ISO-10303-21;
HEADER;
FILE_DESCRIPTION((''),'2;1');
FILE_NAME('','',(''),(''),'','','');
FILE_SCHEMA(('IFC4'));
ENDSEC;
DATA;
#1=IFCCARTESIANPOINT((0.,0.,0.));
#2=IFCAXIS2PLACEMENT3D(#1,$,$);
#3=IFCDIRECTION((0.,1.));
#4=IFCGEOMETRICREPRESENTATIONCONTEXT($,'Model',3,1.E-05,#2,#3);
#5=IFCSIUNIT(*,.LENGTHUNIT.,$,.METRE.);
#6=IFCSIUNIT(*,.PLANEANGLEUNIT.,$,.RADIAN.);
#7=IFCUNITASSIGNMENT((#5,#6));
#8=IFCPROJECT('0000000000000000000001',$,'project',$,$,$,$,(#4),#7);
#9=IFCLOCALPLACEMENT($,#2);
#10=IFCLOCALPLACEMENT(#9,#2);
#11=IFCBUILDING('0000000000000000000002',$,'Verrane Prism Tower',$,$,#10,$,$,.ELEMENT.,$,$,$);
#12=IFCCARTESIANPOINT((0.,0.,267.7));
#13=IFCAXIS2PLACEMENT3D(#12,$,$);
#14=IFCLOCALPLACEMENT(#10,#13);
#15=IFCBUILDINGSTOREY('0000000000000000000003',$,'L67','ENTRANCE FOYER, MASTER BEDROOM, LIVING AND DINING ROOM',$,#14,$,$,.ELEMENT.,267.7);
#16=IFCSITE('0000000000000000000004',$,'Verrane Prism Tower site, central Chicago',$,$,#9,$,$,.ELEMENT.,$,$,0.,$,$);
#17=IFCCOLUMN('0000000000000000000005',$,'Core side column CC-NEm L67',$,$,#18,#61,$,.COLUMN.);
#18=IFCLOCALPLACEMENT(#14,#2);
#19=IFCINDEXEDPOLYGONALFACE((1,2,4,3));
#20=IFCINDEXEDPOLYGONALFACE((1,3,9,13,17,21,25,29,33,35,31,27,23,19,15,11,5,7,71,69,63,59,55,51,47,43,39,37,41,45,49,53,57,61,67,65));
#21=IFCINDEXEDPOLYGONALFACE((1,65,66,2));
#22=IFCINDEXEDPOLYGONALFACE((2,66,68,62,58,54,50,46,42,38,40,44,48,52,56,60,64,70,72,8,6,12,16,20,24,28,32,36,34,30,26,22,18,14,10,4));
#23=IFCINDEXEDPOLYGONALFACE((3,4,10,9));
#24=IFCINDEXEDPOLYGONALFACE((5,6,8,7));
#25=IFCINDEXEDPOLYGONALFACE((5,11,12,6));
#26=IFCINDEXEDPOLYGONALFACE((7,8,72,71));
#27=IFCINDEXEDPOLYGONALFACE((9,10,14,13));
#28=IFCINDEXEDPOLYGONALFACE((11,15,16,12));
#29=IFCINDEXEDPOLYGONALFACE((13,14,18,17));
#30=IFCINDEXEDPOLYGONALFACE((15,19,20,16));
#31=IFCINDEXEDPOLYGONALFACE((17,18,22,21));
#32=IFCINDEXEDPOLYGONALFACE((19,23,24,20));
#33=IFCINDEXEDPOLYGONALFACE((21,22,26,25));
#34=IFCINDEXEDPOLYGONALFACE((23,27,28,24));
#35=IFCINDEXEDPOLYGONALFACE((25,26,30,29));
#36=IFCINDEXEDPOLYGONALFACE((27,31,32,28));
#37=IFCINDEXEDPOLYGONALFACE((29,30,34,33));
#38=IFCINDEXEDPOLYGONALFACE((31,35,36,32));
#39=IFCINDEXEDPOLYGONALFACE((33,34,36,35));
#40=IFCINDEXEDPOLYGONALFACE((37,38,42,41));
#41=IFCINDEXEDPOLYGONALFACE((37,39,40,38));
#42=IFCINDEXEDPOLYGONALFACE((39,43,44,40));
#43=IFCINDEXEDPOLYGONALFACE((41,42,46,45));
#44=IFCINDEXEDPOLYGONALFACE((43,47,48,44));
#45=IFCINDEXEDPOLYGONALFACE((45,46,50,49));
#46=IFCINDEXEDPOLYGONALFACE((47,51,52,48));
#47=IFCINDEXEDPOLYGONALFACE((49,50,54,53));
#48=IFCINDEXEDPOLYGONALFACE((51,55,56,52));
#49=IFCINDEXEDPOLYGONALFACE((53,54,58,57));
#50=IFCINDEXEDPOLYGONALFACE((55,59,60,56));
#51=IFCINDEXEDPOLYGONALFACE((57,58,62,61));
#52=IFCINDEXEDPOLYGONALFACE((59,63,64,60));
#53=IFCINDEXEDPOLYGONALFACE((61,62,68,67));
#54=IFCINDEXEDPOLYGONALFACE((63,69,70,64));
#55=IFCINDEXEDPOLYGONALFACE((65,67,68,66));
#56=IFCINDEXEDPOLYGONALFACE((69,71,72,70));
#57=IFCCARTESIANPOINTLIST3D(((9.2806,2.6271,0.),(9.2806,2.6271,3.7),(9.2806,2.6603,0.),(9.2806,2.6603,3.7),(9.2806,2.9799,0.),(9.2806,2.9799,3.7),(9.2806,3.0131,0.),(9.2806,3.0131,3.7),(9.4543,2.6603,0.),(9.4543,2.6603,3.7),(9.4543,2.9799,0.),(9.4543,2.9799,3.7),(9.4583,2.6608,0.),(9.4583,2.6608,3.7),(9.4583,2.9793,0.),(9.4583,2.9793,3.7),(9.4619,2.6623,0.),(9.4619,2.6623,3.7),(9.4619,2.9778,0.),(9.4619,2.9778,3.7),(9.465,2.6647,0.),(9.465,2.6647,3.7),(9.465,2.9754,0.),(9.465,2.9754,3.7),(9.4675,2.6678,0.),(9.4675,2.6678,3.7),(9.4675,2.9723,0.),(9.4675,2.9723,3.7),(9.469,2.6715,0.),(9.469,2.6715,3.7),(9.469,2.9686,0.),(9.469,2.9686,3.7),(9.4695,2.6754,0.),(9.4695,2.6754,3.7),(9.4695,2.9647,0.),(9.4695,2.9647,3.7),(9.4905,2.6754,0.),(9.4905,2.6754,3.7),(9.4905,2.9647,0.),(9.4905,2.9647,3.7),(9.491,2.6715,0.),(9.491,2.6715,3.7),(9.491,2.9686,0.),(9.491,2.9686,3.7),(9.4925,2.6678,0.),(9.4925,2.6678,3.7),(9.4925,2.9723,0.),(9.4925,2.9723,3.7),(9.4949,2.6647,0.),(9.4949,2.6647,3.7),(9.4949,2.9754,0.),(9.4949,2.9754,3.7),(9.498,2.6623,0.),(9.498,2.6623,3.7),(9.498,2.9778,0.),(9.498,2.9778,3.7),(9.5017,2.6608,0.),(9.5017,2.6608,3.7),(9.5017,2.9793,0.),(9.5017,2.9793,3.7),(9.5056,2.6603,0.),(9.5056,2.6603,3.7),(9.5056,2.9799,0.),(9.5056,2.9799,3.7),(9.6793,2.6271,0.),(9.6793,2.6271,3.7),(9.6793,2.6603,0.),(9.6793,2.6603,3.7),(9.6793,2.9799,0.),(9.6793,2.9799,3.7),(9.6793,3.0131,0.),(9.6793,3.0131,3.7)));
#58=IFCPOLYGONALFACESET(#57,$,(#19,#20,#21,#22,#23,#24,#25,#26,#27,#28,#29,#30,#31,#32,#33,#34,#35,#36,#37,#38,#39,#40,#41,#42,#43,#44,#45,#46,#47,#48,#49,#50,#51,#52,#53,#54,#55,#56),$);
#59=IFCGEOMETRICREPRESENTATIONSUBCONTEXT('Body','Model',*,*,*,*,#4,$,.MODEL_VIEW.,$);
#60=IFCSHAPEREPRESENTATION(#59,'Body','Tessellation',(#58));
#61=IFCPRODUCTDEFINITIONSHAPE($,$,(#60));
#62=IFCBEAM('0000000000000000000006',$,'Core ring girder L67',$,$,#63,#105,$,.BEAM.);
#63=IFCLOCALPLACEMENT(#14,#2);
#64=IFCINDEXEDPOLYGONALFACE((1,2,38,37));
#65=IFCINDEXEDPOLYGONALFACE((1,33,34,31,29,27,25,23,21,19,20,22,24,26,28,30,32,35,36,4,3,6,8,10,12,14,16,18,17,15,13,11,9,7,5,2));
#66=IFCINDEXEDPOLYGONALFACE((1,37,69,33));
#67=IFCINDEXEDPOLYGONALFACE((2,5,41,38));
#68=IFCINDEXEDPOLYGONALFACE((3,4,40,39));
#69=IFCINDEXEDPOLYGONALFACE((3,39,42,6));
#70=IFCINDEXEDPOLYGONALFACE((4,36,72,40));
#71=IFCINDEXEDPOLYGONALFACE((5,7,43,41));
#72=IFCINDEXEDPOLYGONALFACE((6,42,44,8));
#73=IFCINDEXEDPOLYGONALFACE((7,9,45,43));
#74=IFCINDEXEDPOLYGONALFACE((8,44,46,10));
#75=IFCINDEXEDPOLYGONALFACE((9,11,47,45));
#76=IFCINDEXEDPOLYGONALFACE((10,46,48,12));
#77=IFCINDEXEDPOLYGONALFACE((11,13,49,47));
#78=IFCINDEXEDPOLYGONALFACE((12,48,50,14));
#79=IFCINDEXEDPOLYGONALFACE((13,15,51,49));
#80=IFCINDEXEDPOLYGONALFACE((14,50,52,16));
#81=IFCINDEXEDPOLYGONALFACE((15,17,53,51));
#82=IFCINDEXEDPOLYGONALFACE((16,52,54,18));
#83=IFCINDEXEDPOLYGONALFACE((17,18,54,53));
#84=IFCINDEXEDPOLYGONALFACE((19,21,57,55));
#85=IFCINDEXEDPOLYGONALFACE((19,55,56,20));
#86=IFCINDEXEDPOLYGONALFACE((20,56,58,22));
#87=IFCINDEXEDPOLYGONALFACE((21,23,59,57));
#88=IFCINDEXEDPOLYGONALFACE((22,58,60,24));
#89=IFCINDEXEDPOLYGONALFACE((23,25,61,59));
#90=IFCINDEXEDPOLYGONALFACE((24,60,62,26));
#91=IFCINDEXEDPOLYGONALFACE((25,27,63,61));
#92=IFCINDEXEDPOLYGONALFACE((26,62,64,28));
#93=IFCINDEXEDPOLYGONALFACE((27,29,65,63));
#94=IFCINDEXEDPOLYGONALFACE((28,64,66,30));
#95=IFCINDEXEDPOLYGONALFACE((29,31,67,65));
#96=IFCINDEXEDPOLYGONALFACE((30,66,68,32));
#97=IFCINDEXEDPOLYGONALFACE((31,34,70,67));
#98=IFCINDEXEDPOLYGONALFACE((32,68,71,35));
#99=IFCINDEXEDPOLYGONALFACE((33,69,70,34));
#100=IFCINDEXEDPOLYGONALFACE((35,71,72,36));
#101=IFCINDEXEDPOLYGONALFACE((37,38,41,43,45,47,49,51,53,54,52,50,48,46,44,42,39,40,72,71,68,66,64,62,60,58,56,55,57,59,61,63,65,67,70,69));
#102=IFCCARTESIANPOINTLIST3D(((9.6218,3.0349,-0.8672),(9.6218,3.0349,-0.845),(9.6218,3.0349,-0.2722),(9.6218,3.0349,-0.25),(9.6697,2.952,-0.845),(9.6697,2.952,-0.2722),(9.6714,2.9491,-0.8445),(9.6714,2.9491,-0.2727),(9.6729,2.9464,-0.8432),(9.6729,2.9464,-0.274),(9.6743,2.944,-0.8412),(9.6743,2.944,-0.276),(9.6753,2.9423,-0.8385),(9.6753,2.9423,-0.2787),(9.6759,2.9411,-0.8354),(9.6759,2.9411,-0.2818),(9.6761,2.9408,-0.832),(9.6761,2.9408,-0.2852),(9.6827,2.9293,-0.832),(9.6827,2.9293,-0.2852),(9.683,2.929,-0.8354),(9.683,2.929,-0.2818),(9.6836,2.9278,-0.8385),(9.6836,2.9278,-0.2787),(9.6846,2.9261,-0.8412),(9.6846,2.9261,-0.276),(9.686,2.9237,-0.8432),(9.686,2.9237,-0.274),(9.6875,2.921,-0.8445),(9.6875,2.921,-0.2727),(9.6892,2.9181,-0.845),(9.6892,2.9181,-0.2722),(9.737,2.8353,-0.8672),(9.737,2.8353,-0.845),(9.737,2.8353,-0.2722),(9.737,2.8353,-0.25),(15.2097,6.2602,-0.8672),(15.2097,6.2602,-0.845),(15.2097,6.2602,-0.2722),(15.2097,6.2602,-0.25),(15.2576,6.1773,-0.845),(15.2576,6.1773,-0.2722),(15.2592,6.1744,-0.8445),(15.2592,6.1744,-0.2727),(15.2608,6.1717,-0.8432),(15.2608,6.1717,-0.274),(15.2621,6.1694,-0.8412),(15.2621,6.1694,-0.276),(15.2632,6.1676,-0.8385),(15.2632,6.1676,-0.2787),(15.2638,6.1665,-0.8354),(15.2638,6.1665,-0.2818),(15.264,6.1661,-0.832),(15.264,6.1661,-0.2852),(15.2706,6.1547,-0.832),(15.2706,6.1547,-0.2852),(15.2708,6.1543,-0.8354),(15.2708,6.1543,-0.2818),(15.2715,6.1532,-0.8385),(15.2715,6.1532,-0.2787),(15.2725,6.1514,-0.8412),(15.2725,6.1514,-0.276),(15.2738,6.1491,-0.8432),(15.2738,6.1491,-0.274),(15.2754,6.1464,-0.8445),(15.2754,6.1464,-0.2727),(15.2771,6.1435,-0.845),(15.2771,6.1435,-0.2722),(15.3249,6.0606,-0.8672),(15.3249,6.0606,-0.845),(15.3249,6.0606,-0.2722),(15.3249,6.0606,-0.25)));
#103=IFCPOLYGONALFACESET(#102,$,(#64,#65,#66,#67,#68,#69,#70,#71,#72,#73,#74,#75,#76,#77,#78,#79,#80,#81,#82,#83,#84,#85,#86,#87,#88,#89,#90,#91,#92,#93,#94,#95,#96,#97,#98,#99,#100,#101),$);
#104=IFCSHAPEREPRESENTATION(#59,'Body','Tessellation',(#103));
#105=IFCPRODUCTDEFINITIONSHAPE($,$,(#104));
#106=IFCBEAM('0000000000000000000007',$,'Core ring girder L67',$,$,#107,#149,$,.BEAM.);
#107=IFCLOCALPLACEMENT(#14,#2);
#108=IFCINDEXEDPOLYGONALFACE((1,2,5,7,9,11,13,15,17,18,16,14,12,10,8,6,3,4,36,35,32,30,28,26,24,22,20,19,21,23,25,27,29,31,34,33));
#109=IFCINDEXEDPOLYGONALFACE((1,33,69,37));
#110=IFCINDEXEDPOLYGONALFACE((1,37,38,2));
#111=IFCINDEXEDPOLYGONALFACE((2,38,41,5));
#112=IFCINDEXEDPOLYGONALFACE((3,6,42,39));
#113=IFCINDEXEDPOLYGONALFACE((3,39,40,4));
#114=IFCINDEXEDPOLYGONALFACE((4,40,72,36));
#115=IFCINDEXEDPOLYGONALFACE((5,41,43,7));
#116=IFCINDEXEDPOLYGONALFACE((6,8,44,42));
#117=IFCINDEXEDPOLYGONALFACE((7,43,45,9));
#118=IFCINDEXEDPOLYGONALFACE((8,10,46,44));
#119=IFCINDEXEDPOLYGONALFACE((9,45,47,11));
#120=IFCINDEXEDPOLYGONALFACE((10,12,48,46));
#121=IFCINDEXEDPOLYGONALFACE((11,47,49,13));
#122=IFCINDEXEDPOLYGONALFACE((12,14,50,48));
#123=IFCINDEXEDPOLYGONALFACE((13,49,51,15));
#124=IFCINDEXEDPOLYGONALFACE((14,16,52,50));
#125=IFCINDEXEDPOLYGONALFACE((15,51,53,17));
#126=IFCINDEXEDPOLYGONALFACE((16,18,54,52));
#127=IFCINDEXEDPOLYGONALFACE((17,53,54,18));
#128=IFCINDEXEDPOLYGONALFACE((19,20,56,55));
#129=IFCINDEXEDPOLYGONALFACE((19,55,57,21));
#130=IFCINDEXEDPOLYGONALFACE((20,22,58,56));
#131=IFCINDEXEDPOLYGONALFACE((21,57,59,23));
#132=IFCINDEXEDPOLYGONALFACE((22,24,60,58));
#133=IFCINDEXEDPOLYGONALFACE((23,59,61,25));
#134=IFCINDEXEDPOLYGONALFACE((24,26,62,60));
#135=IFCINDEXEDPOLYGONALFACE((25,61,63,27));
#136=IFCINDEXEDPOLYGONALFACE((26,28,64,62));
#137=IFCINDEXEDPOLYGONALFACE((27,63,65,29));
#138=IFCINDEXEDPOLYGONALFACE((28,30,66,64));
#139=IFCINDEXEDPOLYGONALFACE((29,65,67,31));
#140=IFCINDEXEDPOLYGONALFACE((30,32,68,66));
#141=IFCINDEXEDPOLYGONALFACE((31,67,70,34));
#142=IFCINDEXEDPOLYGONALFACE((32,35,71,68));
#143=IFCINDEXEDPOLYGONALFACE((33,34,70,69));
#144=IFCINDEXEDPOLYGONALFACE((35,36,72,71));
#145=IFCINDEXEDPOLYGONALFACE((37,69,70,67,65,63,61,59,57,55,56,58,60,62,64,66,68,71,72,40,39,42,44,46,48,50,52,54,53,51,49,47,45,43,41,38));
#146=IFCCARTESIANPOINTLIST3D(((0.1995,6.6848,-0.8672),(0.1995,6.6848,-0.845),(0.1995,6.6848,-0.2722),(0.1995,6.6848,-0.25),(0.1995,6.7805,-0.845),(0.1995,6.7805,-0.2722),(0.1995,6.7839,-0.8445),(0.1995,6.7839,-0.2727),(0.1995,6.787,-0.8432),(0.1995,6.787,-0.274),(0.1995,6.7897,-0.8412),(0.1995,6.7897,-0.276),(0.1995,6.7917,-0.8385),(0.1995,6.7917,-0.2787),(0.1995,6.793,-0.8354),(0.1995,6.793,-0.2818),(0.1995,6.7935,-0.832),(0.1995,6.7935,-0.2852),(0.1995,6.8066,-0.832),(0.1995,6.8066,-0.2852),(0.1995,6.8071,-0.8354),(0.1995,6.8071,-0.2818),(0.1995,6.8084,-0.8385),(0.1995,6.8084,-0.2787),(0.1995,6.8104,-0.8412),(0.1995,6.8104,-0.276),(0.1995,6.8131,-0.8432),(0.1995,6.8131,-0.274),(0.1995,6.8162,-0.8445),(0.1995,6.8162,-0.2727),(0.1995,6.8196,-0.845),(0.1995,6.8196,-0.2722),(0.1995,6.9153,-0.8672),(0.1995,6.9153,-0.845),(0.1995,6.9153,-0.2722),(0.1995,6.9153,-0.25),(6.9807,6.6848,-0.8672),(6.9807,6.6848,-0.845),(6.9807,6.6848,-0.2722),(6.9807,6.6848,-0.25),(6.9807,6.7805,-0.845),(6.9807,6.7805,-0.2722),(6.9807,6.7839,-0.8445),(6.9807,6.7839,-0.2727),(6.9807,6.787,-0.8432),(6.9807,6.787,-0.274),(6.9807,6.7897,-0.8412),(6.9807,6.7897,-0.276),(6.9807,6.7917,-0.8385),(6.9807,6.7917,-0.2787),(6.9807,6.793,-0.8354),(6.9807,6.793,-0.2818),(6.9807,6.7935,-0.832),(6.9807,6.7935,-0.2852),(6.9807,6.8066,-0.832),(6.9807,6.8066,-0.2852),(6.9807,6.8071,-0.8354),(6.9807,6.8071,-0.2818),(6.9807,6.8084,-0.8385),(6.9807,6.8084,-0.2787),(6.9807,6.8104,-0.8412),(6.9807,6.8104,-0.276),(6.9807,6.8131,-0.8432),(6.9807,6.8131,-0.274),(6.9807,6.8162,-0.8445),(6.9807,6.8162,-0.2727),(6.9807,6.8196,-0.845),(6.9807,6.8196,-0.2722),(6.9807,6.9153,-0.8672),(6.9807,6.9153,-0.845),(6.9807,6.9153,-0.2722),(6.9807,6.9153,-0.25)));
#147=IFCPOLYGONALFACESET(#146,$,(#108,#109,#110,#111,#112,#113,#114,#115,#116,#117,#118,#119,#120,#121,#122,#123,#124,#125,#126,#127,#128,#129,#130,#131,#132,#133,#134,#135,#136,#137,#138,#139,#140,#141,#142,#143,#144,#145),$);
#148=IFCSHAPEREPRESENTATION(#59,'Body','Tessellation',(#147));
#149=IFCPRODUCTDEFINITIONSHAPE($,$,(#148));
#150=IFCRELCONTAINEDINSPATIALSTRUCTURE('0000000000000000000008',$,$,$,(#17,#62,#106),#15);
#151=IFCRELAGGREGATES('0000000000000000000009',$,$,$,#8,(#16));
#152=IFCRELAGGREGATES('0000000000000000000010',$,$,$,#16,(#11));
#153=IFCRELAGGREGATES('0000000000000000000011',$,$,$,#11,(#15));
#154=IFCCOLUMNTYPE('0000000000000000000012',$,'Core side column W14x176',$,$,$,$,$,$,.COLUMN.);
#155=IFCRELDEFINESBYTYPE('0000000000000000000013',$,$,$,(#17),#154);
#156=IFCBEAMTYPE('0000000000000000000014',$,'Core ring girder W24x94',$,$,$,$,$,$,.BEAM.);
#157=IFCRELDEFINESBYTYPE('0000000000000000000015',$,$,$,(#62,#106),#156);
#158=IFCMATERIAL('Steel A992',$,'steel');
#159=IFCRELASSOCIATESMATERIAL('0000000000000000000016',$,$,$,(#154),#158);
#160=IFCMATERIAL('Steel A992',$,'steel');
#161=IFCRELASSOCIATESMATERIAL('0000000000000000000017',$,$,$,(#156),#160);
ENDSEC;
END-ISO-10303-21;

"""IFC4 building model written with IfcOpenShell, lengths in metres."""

from ifc_helpers import new_model, si_unit, direction, frame, origin, origin_2d, place, context, subcontext, project, spatial, i_section, extrude, material, material_profile, profile_set, type_object, element, save


model = new_model("IFC4")

# Units and contexts
model_context = context("Model", 3, precision=1e-05, world=origin(), true_north=direction((0.0, 1.0)))
body_context = subcontext(model_context, "Body", "Model", "MODEL_VIEW")
ifc_project = project(units=[si_unit("LENGTHUNIT", "METRE"), si_unit("PLANEANGLEUNIT", "RADIAN")], contexts=[model_context])

# Site, building, storey
site_placement = place(None, origin())
site = spatial("IfcSite", under=ifc_project, at=site_placement, Name="Verrane Prism Tower site, central Chicago", CompositionType="ELEMENT", RefElevation=0.0)
building_placement = place(site_placement, origin())
building = spatial("IfcBuilding", under=site, at=building_placement, Name="Verrane Prism Tower", CompositionType="ELEMENT")
storey_placement = place(building_placement, frame((0.0, 0.0, 267.7)))
storey = spatial("IfcBuildingStorey", under=building, at=storey_placement, Name="L67", Description="ENTRANCE FOYER, MASTER BEDROOM, LIVING AND DINING ROOM", CompositionType="ELEMENT", Elevation=267.7)

# Column
ifc_material_1 = material(Name="Steel A992", Category="steel")
ifc_material_profile_1 = material_profile(ifc_material_1, i_section(OverallWidth=0.3987, OverallDepth=0.386, WebThickness=0.021, FlangeThickness=0.0332, FilletRadius=0.0151, at=origin_2d()), Name="W14x176")
ifc_profile_set_1 = profile_set([ifc_material_profile_1], Name="Steel A992")
column_type = type_object("IfcColumnType", Name="Core side column W14x176", PredefinedType="COLUMN", material=ifc_profile_set_1)
column_placement = place(storey_placement, frame((9.48, 2.8201, 0.0), z_axis=(0.0, 0.0, 1.0), x_axis=(1.0, 0.0, 0.0)))
element("IfcColumn", 1, at=column_placement, inside=storey, type_object=column_type, Name="Core side column CC-NEm L67", PredefinedType="COLUMN", context=body_context, shape_type="SweptSolid", body=[
    extrude(i_section(OverallWidth=0.3987, OverallDepth=0.386, WebThickness=0.021, FlangeThickness=0.0332, FilletRadius=0.0151, at=origin_2d()), origin(), (0.0, 0.0, 1.0), 3.7),
])

# Beams
ifc_material_2 = material(Name="Steel A992", Category="steel")
ifc_material_profile_2 = material_profile(ifc_material_2, i_section(OverallWidth=0.2305, OverallDepth=0.6172, WebThickness=0.0132, FlangeThickness=0.0222, FilletRadius=0.0129, at=origin_2d()), Name="W24x94")
ifc_profile_set_2 = profile_set([ifc_material_profile_2], Name="Steel A992")
beam_type = type_object("IfcBeamType", Name="Core ring girder W24x94", PredefinedType="BEAM", material=ifc_profile_set_2)
beam_1_placement = place(storey_placement, frame((9.6794, 2.9351, -0.5586), z_axis=(0.866081, 0.499904, 0.0), x_axis=(-0.499904, 0.866081, 0.0)))
element("IfcBeam", 2, at=beam_1_placement, inside=storey, type_object=beam_type, Name="Core ring girder L67", PredefinedType="BEAM", context=body_context, shape_type="SweptSolid", body=[
    extrude(i_section(OverallWidth=0.2305, OverallDepth=0.6172, WebThickness=0.0132, FlangeThickness=0.0222, FilletRadius=0.0129, at=origin_2d()), origin(), (0.0, 0.0, 1.0), 6.4519),
])
beam_2_placement = place(storey_placement, frame((6.9807, 6.8, -0.5586), z_axis=(-1.0, 0.0, 0.0), x_axis=(0.0, -1.0, 0.0)))
element("IfcBeam", 3, at=beam_2_placement, inside=storey, type_object=beam_type, Name="Core ring girder L67", PredefinedType="BEAM", context=body_context, shape_type="SweptSolid", body=[
    extrude(i_section(OverallWidth=0.2305, OverallDepth=0.6172, WebThickness=0.0132, FlangeThickness=0.0222, FilletRadius=0.0129, at=origin_2d()), origin(), (0.0, 0.0, 1.0), 6.7812),
])

save(model, "model.ifc")
